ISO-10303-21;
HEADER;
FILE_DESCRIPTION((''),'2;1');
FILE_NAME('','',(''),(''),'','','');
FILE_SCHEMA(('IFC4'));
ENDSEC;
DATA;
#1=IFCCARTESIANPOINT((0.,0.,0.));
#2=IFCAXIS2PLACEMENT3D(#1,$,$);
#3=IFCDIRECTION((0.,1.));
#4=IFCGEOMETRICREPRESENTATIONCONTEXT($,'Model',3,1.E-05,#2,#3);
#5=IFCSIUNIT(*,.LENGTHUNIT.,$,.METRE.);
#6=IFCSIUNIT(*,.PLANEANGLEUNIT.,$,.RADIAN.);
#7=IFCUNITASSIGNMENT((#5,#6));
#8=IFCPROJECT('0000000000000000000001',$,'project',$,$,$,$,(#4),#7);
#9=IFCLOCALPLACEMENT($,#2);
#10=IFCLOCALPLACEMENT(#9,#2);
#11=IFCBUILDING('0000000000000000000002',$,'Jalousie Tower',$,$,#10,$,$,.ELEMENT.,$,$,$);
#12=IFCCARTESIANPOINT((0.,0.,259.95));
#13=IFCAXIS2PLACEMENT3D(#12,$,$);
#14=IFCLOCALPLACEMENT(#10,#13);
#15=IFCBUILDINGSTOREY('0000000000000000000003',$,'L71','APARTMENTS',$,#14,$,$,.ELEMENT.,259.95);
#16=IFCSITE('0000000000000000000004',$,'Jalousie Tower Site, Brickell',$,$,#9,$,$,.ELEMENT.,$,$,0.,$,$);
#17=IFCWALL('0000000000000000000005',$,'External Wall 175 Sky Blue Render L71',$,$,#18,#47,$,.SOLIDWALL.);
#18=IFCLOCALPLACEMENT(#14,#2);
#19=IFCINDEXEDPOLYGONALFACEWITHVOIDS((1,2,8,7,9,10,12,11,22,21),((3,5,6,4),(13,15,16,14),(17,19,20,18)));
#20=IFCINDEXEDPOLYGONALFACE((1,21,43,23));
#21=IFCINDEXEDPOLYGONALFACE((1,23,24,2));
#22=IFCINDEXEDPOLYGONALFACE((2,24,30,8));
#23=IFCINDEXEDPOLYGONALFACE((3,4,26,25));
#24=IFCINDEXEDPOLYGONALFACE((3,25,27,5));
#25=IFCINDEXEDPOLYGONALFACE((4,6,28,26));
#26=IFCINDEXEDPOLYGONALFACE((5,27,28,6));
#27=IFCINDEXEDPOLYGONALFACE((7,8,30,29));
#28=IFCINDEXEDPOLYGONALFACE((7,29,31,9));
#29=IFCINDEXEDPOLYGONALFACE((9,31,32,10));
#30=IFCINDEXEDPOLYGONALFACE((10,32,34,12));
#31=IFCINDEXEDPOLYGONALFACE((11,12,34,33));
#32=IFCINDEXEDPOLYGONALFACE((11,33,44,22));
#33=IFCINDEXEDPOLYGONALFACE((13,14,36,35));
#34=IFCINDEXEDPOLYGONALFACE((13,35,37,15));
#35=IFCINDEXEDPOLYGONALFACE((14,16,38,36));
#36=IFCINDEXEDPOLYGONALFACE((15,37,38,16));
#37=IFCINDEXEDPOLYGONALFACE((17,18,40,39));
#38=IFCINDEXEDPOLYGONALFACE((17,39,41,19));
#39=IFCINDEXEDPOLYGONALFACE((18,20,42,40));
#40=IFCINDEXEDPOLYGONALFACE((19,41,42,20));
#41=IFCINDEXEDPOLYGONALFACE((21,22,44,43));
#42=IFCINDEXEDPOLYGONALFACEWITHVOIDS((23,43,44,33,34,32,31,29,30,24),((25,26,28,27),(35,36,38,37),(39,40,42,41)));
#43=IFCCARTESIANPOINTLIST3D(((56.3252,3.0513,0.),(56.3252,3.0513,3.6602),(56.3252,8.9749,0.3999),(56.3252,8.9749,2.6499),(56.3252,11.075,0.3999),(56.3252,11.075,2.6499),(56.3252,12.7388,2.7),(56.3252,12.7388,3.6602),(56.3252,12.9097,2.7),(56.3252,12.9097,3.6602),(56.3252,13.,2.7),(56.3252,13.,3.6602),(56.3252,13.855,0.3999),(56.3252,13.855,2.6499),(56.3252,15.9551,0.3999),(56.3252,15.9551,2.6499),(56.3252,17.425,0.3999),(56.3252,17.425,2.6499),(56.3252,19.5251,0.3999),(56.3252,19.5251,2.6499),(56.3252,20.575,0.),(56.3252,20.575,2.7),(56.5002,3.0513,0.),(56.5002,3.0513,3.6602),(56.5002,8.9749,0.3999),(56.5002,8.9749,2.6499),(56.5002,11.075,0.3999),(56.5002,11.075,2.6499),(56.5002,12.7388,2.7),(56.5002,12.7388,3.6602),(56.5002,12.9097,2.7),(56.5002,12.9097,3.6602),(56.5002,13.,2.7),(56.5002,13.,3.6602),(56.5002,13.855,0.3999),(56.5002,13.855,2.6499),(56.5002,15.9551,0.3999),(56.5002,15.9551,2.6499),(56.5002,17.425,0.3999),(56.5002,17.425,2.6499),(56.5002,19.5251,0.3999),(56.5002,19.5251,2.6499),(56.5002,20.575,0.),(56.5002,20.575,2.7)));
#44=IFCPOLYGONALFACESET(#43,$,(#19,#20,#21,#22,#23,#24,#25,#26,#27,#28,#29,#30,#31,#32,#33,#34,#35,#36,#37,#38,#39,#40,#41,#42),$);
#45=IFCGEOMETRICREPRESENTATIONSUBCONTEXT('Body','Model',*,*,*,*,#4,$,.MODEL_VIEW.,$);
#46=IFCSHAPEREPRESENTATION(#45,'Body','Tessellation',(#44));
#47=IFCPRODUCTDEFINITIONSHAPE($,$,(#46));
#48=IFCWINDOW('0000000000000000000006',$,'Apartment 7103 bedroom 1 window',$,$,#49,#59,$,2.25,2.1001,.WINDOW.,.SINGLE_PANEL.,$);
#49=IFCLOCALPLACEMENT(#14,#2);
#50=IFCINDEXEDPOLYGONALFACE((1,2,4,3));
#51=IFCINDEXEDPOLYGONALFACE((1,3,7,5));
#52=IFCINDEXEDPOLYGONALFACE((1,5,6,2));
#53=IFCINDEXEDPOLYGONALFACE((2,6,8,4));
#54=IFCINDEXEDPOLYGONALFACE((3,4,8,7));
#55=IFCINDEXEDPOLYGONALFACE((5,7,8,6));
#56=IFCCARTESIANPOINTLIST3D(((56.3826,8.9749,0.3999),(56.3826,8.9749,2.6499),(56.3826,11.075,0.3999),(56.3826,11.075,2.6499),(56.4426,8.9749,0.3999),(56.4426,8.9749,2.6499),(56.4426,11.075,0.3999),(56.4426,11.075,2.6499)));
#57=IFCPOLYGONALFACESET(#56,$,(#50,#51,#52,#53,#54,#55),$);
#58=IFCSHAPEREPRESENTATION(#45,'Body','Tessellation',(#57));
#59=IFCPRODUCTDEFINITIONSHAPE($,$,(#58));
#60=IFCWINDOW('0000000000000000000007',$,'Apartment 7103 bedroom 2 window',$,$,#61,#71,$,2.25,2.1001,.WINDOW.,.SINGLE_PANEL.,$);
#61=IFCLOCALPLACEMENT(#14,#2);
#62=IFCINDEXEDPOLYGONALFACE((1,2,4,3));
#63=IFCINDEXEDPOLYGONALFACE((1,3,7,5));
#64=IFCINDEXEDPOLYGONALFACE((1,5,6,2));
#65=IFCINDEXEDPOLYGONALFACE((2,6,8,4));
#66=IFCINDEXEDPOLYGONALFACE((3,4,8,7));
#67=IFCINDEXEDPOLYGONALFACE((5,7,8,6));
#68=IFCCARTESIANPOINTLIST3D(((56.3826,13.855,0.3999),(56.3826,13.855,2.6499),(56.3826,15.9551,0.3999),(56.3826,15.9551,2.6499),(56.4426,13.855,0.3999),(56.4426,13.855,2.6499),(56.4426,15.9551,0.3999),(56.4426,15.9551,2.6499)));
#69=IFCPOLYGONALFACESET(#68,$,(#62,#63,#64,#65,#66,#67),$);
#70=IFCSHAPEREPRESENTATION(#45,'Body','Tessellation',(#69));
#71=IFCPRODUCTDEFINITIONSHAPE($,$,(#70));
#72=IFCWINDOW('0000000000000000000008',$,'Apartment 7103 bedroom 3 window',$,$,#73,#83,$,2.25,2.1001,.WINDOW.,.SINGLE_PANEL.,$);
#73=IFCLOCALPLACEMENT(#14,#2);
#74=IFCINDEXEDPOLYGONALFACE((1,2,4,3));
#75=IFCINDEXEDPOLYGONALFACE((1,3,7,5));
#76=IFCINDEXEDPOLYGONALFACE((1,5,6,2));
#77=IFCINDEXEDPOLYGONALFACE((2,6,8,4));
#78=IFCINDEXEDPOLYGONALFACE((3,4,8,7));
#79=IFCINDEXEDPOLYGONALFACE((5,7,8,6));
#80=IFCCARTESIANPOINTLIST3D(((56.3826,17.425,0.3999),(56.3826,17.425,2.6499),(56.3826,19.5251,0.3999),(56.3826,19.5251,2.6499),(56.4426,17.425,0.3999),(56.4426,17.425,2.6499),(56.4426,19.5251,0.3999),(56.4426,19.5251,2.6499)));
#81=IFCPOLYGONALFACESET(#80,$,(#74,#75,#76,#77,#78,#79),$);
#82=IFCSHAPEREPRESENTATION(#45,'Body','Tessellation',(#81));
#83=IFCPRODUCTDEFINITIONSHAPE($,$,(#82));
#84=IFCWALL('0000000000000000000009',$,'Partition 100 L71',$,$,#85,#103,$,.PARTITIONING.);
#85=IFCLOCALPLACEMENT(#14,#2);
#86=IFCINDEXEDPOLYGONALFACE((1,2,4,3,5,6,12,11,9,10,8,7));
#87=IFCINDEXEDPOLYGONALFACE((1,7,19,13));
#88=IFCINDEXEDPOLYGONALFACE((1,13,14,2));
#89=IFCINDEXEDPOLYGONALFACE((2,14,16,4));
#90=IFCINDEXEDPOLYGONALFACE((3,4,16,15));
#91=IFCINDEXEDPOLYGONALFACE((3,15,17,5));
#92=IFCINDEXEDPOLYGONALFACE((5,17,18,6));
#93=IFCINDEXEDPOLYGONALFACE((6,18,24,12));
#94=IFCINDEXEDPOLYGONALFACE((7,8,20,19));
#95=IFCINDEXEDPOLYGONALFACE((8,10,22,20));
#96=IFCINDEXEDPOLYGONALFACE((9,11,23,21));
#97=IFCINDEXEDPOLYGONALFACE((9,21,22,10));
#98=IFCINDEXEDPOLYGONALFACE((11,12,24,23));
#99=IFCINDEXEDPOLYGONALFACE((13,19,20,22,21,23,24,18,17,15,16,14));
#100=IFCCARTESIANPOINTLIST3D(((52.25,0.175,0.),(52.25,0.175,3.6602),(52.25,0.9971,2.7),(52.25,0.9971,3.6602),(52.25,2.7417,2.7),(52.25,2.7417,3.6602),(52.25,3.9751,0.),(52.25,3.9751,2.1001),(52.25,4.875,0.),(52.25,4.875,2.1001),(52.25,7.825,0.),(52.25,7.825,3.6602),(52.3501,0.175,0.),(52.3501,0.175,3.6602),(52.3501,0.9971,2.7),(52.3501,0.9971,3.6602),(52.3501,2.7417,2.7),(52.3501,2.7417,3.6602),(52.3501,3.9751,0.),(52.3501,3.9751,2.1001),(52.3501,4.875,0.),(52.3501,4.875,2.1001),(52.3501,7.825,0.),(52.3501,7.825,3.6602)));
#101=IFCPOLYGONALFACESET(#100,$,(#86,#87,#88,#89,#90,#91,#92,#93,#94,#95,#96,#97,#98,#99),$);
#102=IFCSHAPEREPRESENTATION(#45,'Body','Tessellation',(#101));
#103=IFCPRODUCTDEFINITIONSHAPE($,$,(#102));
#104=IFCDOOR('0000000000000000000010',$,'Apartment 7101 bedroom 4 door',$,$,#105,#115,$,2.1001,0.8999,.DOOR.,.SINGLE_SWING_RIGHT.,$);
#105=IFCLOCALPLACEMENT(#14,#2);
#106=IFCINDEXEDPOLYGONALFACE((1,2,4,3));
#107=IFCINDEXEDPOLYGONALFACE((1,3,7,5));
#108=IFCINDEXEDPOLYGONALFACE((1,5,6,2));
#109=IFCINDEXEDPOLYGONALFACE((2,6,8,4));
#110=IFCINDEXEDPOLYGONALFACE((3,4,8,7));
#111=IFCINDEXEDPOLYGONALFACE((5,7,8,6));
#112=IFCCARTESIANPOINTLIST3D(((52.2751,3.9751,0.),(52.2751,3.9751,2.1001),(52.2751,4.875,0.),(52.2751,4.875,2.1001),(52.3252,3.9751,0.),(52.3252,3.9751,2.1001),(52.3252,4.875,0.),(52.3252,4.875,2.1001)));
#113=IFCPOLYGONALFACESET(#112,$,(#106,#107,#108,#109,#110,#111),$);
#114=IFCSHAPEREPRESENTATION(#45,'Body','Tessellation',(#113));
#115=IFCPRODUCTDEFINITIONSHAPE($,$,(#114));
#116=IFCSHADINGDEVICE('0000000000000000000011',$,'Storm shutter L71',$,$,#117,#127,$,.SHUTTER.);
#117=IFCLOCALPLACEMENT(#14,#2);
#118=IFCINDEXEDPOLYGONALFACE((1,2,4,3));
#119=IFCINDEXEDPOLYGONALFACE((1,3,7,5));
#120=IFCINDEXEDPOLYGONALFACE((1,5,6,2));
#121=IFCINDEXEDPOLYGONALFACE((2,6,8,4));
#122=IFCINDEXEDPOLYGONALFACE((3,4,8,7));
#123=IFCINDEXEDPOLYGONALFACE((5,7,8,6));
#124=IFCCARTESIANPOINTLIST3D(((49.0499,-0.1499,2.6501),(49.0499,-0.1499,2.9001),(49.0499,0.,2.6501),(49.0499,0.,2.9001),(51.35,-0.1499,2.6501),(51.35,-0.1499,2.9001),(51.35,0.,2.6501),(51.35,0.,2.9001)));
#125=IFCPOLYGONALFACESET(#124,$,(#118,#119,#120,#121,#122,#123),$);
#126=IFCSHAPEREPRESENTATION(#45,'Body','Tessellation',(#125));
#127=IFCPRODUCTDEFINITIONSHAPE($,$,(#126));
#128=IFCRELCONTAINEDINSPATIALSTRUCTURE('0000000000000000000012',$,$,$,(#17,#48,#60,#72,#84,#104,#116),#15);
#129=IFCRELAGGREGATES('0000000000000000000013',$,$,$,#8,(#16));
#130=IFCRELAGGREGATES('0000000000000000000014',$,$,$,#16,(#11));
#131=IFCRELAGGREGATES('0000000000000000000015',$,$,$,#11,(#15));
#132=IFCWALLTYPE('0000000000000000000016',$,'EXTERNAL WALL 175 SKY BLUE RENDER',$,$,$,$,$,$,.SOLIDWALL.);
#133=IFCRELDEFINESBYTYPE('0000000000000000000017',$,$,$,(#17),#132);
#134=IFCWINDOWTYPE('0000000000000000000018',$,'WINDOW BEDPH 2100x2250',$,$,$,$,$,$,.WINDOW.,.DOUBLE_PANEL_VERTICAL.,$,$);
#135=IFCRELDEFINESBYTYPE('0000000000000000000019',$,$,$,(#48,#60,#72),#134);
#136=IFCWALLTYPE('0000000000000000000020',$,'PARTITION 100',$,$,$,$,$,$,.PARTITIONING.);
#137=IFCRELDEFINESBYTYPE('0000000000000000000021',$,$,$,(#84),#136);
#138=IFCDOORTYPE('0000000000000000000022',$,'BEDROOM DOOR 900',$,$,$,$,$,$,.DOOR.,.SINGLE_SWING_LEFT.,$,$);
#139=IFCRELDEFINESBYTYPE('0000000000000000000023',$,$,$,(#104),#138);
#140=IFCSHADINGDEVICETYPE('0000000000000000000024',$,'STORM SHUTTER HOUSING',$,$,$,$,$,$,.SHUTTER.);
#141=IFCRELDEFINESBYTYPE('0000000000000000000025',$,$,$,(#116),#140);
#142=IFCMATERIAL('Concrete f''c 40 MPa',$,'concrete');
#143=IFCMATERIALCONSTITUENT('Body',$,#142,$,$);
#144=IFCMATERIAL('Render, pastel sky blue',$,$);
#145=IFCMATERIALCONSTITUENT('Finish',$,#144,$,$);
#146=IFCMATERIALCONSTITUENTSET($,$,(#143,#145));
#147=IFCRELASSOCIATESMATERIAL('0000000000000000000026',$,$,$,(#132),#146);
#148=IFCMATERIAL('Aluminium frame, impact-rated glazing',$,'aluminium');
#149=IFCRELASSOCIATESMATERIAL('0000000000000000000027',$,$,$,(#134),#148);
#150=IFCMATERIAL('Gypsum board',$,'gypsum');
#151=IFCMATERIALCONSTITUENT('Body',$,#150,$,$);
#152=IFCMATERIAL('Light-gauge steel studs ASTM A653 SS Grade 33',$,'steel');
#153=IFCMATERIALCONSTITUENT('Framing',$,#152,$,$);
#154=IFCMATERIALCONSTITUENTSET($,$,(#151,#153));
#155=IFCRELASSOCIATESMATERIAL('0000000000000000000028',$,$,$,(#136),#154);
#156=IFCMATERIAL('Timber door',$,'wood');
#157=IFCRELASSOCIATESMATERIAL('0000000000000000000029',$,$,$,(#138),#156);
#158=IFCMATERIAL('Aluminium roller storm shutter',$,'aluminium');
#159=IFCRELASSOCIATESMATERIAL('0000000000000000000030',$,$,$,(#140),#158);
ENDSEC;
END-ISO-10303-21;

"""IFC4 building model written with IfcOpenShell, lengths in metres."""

from ifc_helpers import new_model, si_unit, direction, frame, frame_2d, origin, origin_2d, place, context, subcontext, project, spatial, polyline, rectangle, outline, extrude, material, constituent, constituent_set, type_object, element, fill, save


model = new_model("IFC4")

# Units and contexts
model_context = context("Model", 3, precision=1e-05, world=origin(), true_north=direction((0.0, 1.0)))
body_context = subcontext(model_context, "Body", "Model", "MODEL_VIEW")
ifc_project = project(units=[si_unit("LENGTHUNIT", "METRE"), si_unit("PLANEANGLEUNIT", "RADIAN")], contexts=[model_context])

# Site, building, storey
site_placement = place(None, origin())
site = spatial("IfcSite", under=ifc_project, at=site_placement, Name="Jalousie Tower Site, Brickell", CompositionType="ELEMENT", RefElevation=0.0)
building_placement = place(site_placement, origin())
building = spatial("IfcBuilding", under=site, at=building_placement, Name="Jalousie Tower", CompositionType="ELEMENT")
storey_placement = place(building_placement, frame((0.0, 0.0, 259.95)))
storey = spatial("IfcBuildingStorey", under=building, at=storey_placement, Name="L71", Description="APARTMENTS", CompositionType="ELEMENT", Elevation=259.95)

# Wall, openings, windows
ifc_material_1 = material(Name="Concrete f'c 40 MPa", Category="concrete")
ifc_constituent_1 = constituent(ifc_material_1, Name="Body")
ifc_material_2 = material(Name="Render, pastel sky blue")
ifc_constituent_2 = constituent(ifc_material_2, Name="Finish")
ifc_constituent_set_1 = constituent_set(constituents=[ifc_constituent_1, ifc_constituent_2])
wall_type_1 = type_object("IfcWallType", Name="EXTERNAL WALL 175 SKY BLUE RENDER", PredefinedType="SOLIDWALL", material=ifc_constituent_set_1)
wall_1_placement = place(storey_placement, frame((56.4126, 3.0513, 0.0), z_axis=(0.0, 0.0, 1.0), x_axis=(0.0, 1.0, 0.0)))
wall_1 = element("IfcWall", 1, at=wall_1_placement, inside=storey, type_object=wall_type_1, Name="External Wall 175 Sky Blue Render L71", PredefinedType="SOLIDWALL", context=body_context, shape_type="SweptSolid", body=[
    extrude(outline(polyline([(0.0, 0.0), (17.5237, 0.0), (17.5237, 2.7), (9.9487, 2.7), (9.9487, 3.6602), (9.8584, 3.6602), (9.8584, 2.7), (9.6875, 2.7), (9.6875, 3.6602), (0.0, 3.6602), (0.0, 0.0)])), frame((0.0, 0.0874, 0.0), z_axis=(0.0, -1.0, 0.0), x_axis=(1.0, 0.0, 0.0)), (0.0, 0.0, 1.0), 0.175),
])
opening_1_placement = place(wall_1_placement, frame((5.9236, 0.0, 0.3999)))
opening_1 = element("IfcOpeningElement", 2, at=opening_1_placement, cuts=wall_1, PredefinedType="OPENING", context=body_context, shape_type="SweptSolid", body=[
    extrude(rectangle(XDim=2.1001, YDim=2.25, at=frame_2d((1.05, 1.125))), frame((0.0, 0.0974, 0.0), z_axis=(0.0, -1.0, 0.0), x_axis=(1.0, 0.0, 0.0)), (0.0, 0.0, 1.0), 0.1951),
])
opening_2_placement = place(wall_1_placement, frame((10.8037, 0.0, 0.3999)))
opening_2 = element("IfcOpeningElement", 3, at=opening_2_placement, cuts=wall_1, PredefinedType="OPENING", context=body_context, shape_type="SweptSolid", body=[
    extrude(rectangle(XDim=2.1001, YDim=2.25, at=frame_2d((1.05, 1.125))), frame((0.0, 0.0974, 0.0), z_axis=(0.0, -1.0, 0.0), x_axis=(1.0, 0.0, 0.0)), (0.0, 0.0, 1.0), 0.1951),
])
opening_3_placement = place(wall_1_placement, frame((14.3738, 0.0, 0.3999)))
opening_3 = element("IfcOpeningElement", 4, at=opening_3_placement, cuts=wall_1, PredefinedType="OPENING", context=body_context, shape_type="SweptSolid", body=[
    extrude(rectangle(XDim=2.1001, YDim=2.25, at=frame_2d((1.05, 1.125))), frame((0.0, 0.0974, 0.0), z_axis=(0.0, -1.0, 0.0), x_axis=(1.0, 0.0, 0.0)), (0.0, 0.0, 1.0), 0.1951),
])
ifc_material_3 = material(Name="Aluminium frame, impact-rated glazing", Category="aluminium")
window_type = type_object("IfcWindowType", Name="WINDOW BEDPH 2100x2250", PartitioningType="DOUBLE_PANEL_VERTICAL", PredefinedType="WINDOW", material=ifc_material_3)
window_1_placement = place(opening_1_placement, origin())
window_1 = element("IfcWindow", 5, at=window_1_placement, inside=storey, type_object=window_type, Name="Apartment 7103 bedroom 1 window", OverallHeight=2.25, OverallWidth=2.1001, PartitioningType="SINGLE_PANEL", PredefinedType="WINDOW", context=body_context, shape_type="SweptSolid", body=[
    extrude(rectangle(XDim=2.1001, YDim=2.25, at=frame_2d((1.05, 1.125))), frame((0.0, 0.03, 0.0), z_axis=(0.0, -1.0, 0.0), x_axis=(1.0, 0.0, 0.0)), (0.0, 0.0, 1.0), 0.0601),
])
fill(opening_1, window_1)
window_2_placement = place(opening_2_placement, origin())
window_2 = element("IfcWindow", 6, at=window_2_placement, inside=storey, type_object=window_type, Name="Apartment 7103 bedroom 2 window", OverallHeight=2.25, OverallWidth=2.1001, PartitioningType="SINGLE_PANEL", PredefinedType="WINDOW", context=body_context, shape_type="SweptSolid", body=[
    extrude(rectangle(XDim=2.1001, YDim=2.25, at=frame_2d((1.05, 1.125))), frame((0.0, 0.03, 0.0), z_axis=(0.0, -1.0, 0.0), x_axis=(1.0, 0.0, 0.0)), (0.0, 0.0, 1.0), 0.0601),
])
fill(opening_2, window_2)
window_3_placement = place(opening_3_placement, origin())
window_3 = element("IfcWindow", 7, at=window_3_placement, inside=storey, type_object=window_type, Name="Apartment 7103 bedroom 3 window", OverallHeight=2.25, OverallWidth=2.1001, PartitioningType="SINGLE_PANEL", PredefinedType="WINDOW", context=body_context, shape_type="SweptSolid", body=[
    extrude(rectangle(XDim=2.1001, YDim=2.25, at=frame_2d((1.05, 1.125))), frame((0.0, 0.03, 0.0), z_axis=(0.0, -1.0, 0.0), x_axis=(1.0, 0.0, 0.0)), (0.0, 0.0, 1.0), 0.0601),
])
fill(opening_3, window_3)

# Wall, opening, door
ifc_material_4 = material(Name="Gypsum board", Category="gypsum")
ifc_constituent_3 = constituent(ifc_material_4, Name="Body")
ifc_material_5 = material(Name="Light-gauge steel studs ASTM A653 SS Grade 33", Category="steel")
ifc_constituent_4 = constituent(ifc_material_5, Name="Framing")
ifc_constituent_set_2 = constituent_set(constituents=[ifc_constituent_3, ifc_constituent_4])
wall_type_2 = type_object("IfcWallType", Name="PARTITION 100", PredefinedType="PARTITIONING", material=ifc_constituent_set_2)
wall_2_placement = place(storey_placement, frame((52.3, 0.175, 0.0), z_axis=(0.0, 0.0, 1.0), x_axis=(0.0, 1.0, 0.0)))
wall_2 = element("IfcWall", 8, at=wall_2_placement, inside=storey, type_object=wall_type_2, Name="Partition 100 L71", PredefinedType="PARTITIONING", context=body_context, shape_type="SweptSolid", body=[
    extrude(outline(polyline([(0.0, 0.0), (7.6499, 0.0), (7.6499, 3.6602), (2.5667, 3.6602), (2.5667, 2.7), (0.822, 2.7), (0.822, 3.6602), (0.0, 3.6602), (0.0, 0.0)])), frame((0.0, 0.05, 0.0), z_axis=(0.0, -1.0, 0.0), x_axis=(1.0, 0.0, 0.0)), (0.0, 0.0, 1.0), 0.1001),
])
opening_4_placement = place(wall_2_placement, frame((3.8, 0.0, 0.0)))
opening_4 = element("IfcOpeningElement", 9, at=opening_4_placement, cuts=wall_2, PredefinedType="OPENING", context=body_context, shape_type="SweptSolid", body=[
    extrude(rectangle(XDim=0.8999, YDim=2.1001, at=frame_2d((0.45, 1.05))), frame((0.0, 0.0601, 0.0), z_axis=(0.0, -1.0, 0.0), x_axis=(1.0, 0.0, 0.0)), (0.0, 0.0, 1.0), 0.1201),
])
ifc_material_6 = material(Name="Timber door", Category="wood")
door_type = type_object("IfcDoorType", Name="BEDROOM DOOR 900", OperationType="SINGLE_SWING_LEFT", PredefinedType="DOOR", material=ifc_material_6)
door_placement = place(opening_4_placement, origin())
door = element("IfcDoor", 10, at=door_placement, inside=storey, type_object=door_type, Name="Apartment 7101 bedroom 4 door", OperationType="SINGLE_SWING_RIGHT", OverallHeight=2.1001, OverallWidth=0.8999, PredefinedType="DOOR", context=body_context, shape_type="SweptSolid", body=[
    extrude(rectangle(XDim=0.8999, YDim=2.1001, at=frame_2d((0.45, 1.05))), frame((0.0, 0.0249, 0.0), z_axis=(0.0, -1.0, 0.0), x_axis=(1.0, 0.0, 0.0)), (0.0, 0.0, 1.0), 0.05),
])
fill(opening_4, door)

# Shading device
ifc_material_7 = material(Name="Aluminium roller storm shutter", Category="aluminium")
shading_device_type = type_object("IfcShadingDeviceType", Name="STORM SHUTTER HOUSING", PredefinedType="SHUTTER", material=ifc_material_7)
shading_device_placement = place(storey_placement, frame((50.2, -0.075, 2.6501), z_axis=(0.0, 0.0, 1.0), x_axis=(1.0, 0.0, 0.0)))
element("IfcShadingDevice", 11, at=shading_device_placement, inside=storey, type_object=shading_device_type, Name="Storm shutter L71", PredefinedType="SHUTTER", context=body_context, shape_type="SweptSolid", body=[
    extrude(rectangle(XDim=2.3, YDim=0.1499, at=origin_2d()), origin(), (0.0, 0.0, 1.0), 0.25),
])

save(model, "model.ifc")
